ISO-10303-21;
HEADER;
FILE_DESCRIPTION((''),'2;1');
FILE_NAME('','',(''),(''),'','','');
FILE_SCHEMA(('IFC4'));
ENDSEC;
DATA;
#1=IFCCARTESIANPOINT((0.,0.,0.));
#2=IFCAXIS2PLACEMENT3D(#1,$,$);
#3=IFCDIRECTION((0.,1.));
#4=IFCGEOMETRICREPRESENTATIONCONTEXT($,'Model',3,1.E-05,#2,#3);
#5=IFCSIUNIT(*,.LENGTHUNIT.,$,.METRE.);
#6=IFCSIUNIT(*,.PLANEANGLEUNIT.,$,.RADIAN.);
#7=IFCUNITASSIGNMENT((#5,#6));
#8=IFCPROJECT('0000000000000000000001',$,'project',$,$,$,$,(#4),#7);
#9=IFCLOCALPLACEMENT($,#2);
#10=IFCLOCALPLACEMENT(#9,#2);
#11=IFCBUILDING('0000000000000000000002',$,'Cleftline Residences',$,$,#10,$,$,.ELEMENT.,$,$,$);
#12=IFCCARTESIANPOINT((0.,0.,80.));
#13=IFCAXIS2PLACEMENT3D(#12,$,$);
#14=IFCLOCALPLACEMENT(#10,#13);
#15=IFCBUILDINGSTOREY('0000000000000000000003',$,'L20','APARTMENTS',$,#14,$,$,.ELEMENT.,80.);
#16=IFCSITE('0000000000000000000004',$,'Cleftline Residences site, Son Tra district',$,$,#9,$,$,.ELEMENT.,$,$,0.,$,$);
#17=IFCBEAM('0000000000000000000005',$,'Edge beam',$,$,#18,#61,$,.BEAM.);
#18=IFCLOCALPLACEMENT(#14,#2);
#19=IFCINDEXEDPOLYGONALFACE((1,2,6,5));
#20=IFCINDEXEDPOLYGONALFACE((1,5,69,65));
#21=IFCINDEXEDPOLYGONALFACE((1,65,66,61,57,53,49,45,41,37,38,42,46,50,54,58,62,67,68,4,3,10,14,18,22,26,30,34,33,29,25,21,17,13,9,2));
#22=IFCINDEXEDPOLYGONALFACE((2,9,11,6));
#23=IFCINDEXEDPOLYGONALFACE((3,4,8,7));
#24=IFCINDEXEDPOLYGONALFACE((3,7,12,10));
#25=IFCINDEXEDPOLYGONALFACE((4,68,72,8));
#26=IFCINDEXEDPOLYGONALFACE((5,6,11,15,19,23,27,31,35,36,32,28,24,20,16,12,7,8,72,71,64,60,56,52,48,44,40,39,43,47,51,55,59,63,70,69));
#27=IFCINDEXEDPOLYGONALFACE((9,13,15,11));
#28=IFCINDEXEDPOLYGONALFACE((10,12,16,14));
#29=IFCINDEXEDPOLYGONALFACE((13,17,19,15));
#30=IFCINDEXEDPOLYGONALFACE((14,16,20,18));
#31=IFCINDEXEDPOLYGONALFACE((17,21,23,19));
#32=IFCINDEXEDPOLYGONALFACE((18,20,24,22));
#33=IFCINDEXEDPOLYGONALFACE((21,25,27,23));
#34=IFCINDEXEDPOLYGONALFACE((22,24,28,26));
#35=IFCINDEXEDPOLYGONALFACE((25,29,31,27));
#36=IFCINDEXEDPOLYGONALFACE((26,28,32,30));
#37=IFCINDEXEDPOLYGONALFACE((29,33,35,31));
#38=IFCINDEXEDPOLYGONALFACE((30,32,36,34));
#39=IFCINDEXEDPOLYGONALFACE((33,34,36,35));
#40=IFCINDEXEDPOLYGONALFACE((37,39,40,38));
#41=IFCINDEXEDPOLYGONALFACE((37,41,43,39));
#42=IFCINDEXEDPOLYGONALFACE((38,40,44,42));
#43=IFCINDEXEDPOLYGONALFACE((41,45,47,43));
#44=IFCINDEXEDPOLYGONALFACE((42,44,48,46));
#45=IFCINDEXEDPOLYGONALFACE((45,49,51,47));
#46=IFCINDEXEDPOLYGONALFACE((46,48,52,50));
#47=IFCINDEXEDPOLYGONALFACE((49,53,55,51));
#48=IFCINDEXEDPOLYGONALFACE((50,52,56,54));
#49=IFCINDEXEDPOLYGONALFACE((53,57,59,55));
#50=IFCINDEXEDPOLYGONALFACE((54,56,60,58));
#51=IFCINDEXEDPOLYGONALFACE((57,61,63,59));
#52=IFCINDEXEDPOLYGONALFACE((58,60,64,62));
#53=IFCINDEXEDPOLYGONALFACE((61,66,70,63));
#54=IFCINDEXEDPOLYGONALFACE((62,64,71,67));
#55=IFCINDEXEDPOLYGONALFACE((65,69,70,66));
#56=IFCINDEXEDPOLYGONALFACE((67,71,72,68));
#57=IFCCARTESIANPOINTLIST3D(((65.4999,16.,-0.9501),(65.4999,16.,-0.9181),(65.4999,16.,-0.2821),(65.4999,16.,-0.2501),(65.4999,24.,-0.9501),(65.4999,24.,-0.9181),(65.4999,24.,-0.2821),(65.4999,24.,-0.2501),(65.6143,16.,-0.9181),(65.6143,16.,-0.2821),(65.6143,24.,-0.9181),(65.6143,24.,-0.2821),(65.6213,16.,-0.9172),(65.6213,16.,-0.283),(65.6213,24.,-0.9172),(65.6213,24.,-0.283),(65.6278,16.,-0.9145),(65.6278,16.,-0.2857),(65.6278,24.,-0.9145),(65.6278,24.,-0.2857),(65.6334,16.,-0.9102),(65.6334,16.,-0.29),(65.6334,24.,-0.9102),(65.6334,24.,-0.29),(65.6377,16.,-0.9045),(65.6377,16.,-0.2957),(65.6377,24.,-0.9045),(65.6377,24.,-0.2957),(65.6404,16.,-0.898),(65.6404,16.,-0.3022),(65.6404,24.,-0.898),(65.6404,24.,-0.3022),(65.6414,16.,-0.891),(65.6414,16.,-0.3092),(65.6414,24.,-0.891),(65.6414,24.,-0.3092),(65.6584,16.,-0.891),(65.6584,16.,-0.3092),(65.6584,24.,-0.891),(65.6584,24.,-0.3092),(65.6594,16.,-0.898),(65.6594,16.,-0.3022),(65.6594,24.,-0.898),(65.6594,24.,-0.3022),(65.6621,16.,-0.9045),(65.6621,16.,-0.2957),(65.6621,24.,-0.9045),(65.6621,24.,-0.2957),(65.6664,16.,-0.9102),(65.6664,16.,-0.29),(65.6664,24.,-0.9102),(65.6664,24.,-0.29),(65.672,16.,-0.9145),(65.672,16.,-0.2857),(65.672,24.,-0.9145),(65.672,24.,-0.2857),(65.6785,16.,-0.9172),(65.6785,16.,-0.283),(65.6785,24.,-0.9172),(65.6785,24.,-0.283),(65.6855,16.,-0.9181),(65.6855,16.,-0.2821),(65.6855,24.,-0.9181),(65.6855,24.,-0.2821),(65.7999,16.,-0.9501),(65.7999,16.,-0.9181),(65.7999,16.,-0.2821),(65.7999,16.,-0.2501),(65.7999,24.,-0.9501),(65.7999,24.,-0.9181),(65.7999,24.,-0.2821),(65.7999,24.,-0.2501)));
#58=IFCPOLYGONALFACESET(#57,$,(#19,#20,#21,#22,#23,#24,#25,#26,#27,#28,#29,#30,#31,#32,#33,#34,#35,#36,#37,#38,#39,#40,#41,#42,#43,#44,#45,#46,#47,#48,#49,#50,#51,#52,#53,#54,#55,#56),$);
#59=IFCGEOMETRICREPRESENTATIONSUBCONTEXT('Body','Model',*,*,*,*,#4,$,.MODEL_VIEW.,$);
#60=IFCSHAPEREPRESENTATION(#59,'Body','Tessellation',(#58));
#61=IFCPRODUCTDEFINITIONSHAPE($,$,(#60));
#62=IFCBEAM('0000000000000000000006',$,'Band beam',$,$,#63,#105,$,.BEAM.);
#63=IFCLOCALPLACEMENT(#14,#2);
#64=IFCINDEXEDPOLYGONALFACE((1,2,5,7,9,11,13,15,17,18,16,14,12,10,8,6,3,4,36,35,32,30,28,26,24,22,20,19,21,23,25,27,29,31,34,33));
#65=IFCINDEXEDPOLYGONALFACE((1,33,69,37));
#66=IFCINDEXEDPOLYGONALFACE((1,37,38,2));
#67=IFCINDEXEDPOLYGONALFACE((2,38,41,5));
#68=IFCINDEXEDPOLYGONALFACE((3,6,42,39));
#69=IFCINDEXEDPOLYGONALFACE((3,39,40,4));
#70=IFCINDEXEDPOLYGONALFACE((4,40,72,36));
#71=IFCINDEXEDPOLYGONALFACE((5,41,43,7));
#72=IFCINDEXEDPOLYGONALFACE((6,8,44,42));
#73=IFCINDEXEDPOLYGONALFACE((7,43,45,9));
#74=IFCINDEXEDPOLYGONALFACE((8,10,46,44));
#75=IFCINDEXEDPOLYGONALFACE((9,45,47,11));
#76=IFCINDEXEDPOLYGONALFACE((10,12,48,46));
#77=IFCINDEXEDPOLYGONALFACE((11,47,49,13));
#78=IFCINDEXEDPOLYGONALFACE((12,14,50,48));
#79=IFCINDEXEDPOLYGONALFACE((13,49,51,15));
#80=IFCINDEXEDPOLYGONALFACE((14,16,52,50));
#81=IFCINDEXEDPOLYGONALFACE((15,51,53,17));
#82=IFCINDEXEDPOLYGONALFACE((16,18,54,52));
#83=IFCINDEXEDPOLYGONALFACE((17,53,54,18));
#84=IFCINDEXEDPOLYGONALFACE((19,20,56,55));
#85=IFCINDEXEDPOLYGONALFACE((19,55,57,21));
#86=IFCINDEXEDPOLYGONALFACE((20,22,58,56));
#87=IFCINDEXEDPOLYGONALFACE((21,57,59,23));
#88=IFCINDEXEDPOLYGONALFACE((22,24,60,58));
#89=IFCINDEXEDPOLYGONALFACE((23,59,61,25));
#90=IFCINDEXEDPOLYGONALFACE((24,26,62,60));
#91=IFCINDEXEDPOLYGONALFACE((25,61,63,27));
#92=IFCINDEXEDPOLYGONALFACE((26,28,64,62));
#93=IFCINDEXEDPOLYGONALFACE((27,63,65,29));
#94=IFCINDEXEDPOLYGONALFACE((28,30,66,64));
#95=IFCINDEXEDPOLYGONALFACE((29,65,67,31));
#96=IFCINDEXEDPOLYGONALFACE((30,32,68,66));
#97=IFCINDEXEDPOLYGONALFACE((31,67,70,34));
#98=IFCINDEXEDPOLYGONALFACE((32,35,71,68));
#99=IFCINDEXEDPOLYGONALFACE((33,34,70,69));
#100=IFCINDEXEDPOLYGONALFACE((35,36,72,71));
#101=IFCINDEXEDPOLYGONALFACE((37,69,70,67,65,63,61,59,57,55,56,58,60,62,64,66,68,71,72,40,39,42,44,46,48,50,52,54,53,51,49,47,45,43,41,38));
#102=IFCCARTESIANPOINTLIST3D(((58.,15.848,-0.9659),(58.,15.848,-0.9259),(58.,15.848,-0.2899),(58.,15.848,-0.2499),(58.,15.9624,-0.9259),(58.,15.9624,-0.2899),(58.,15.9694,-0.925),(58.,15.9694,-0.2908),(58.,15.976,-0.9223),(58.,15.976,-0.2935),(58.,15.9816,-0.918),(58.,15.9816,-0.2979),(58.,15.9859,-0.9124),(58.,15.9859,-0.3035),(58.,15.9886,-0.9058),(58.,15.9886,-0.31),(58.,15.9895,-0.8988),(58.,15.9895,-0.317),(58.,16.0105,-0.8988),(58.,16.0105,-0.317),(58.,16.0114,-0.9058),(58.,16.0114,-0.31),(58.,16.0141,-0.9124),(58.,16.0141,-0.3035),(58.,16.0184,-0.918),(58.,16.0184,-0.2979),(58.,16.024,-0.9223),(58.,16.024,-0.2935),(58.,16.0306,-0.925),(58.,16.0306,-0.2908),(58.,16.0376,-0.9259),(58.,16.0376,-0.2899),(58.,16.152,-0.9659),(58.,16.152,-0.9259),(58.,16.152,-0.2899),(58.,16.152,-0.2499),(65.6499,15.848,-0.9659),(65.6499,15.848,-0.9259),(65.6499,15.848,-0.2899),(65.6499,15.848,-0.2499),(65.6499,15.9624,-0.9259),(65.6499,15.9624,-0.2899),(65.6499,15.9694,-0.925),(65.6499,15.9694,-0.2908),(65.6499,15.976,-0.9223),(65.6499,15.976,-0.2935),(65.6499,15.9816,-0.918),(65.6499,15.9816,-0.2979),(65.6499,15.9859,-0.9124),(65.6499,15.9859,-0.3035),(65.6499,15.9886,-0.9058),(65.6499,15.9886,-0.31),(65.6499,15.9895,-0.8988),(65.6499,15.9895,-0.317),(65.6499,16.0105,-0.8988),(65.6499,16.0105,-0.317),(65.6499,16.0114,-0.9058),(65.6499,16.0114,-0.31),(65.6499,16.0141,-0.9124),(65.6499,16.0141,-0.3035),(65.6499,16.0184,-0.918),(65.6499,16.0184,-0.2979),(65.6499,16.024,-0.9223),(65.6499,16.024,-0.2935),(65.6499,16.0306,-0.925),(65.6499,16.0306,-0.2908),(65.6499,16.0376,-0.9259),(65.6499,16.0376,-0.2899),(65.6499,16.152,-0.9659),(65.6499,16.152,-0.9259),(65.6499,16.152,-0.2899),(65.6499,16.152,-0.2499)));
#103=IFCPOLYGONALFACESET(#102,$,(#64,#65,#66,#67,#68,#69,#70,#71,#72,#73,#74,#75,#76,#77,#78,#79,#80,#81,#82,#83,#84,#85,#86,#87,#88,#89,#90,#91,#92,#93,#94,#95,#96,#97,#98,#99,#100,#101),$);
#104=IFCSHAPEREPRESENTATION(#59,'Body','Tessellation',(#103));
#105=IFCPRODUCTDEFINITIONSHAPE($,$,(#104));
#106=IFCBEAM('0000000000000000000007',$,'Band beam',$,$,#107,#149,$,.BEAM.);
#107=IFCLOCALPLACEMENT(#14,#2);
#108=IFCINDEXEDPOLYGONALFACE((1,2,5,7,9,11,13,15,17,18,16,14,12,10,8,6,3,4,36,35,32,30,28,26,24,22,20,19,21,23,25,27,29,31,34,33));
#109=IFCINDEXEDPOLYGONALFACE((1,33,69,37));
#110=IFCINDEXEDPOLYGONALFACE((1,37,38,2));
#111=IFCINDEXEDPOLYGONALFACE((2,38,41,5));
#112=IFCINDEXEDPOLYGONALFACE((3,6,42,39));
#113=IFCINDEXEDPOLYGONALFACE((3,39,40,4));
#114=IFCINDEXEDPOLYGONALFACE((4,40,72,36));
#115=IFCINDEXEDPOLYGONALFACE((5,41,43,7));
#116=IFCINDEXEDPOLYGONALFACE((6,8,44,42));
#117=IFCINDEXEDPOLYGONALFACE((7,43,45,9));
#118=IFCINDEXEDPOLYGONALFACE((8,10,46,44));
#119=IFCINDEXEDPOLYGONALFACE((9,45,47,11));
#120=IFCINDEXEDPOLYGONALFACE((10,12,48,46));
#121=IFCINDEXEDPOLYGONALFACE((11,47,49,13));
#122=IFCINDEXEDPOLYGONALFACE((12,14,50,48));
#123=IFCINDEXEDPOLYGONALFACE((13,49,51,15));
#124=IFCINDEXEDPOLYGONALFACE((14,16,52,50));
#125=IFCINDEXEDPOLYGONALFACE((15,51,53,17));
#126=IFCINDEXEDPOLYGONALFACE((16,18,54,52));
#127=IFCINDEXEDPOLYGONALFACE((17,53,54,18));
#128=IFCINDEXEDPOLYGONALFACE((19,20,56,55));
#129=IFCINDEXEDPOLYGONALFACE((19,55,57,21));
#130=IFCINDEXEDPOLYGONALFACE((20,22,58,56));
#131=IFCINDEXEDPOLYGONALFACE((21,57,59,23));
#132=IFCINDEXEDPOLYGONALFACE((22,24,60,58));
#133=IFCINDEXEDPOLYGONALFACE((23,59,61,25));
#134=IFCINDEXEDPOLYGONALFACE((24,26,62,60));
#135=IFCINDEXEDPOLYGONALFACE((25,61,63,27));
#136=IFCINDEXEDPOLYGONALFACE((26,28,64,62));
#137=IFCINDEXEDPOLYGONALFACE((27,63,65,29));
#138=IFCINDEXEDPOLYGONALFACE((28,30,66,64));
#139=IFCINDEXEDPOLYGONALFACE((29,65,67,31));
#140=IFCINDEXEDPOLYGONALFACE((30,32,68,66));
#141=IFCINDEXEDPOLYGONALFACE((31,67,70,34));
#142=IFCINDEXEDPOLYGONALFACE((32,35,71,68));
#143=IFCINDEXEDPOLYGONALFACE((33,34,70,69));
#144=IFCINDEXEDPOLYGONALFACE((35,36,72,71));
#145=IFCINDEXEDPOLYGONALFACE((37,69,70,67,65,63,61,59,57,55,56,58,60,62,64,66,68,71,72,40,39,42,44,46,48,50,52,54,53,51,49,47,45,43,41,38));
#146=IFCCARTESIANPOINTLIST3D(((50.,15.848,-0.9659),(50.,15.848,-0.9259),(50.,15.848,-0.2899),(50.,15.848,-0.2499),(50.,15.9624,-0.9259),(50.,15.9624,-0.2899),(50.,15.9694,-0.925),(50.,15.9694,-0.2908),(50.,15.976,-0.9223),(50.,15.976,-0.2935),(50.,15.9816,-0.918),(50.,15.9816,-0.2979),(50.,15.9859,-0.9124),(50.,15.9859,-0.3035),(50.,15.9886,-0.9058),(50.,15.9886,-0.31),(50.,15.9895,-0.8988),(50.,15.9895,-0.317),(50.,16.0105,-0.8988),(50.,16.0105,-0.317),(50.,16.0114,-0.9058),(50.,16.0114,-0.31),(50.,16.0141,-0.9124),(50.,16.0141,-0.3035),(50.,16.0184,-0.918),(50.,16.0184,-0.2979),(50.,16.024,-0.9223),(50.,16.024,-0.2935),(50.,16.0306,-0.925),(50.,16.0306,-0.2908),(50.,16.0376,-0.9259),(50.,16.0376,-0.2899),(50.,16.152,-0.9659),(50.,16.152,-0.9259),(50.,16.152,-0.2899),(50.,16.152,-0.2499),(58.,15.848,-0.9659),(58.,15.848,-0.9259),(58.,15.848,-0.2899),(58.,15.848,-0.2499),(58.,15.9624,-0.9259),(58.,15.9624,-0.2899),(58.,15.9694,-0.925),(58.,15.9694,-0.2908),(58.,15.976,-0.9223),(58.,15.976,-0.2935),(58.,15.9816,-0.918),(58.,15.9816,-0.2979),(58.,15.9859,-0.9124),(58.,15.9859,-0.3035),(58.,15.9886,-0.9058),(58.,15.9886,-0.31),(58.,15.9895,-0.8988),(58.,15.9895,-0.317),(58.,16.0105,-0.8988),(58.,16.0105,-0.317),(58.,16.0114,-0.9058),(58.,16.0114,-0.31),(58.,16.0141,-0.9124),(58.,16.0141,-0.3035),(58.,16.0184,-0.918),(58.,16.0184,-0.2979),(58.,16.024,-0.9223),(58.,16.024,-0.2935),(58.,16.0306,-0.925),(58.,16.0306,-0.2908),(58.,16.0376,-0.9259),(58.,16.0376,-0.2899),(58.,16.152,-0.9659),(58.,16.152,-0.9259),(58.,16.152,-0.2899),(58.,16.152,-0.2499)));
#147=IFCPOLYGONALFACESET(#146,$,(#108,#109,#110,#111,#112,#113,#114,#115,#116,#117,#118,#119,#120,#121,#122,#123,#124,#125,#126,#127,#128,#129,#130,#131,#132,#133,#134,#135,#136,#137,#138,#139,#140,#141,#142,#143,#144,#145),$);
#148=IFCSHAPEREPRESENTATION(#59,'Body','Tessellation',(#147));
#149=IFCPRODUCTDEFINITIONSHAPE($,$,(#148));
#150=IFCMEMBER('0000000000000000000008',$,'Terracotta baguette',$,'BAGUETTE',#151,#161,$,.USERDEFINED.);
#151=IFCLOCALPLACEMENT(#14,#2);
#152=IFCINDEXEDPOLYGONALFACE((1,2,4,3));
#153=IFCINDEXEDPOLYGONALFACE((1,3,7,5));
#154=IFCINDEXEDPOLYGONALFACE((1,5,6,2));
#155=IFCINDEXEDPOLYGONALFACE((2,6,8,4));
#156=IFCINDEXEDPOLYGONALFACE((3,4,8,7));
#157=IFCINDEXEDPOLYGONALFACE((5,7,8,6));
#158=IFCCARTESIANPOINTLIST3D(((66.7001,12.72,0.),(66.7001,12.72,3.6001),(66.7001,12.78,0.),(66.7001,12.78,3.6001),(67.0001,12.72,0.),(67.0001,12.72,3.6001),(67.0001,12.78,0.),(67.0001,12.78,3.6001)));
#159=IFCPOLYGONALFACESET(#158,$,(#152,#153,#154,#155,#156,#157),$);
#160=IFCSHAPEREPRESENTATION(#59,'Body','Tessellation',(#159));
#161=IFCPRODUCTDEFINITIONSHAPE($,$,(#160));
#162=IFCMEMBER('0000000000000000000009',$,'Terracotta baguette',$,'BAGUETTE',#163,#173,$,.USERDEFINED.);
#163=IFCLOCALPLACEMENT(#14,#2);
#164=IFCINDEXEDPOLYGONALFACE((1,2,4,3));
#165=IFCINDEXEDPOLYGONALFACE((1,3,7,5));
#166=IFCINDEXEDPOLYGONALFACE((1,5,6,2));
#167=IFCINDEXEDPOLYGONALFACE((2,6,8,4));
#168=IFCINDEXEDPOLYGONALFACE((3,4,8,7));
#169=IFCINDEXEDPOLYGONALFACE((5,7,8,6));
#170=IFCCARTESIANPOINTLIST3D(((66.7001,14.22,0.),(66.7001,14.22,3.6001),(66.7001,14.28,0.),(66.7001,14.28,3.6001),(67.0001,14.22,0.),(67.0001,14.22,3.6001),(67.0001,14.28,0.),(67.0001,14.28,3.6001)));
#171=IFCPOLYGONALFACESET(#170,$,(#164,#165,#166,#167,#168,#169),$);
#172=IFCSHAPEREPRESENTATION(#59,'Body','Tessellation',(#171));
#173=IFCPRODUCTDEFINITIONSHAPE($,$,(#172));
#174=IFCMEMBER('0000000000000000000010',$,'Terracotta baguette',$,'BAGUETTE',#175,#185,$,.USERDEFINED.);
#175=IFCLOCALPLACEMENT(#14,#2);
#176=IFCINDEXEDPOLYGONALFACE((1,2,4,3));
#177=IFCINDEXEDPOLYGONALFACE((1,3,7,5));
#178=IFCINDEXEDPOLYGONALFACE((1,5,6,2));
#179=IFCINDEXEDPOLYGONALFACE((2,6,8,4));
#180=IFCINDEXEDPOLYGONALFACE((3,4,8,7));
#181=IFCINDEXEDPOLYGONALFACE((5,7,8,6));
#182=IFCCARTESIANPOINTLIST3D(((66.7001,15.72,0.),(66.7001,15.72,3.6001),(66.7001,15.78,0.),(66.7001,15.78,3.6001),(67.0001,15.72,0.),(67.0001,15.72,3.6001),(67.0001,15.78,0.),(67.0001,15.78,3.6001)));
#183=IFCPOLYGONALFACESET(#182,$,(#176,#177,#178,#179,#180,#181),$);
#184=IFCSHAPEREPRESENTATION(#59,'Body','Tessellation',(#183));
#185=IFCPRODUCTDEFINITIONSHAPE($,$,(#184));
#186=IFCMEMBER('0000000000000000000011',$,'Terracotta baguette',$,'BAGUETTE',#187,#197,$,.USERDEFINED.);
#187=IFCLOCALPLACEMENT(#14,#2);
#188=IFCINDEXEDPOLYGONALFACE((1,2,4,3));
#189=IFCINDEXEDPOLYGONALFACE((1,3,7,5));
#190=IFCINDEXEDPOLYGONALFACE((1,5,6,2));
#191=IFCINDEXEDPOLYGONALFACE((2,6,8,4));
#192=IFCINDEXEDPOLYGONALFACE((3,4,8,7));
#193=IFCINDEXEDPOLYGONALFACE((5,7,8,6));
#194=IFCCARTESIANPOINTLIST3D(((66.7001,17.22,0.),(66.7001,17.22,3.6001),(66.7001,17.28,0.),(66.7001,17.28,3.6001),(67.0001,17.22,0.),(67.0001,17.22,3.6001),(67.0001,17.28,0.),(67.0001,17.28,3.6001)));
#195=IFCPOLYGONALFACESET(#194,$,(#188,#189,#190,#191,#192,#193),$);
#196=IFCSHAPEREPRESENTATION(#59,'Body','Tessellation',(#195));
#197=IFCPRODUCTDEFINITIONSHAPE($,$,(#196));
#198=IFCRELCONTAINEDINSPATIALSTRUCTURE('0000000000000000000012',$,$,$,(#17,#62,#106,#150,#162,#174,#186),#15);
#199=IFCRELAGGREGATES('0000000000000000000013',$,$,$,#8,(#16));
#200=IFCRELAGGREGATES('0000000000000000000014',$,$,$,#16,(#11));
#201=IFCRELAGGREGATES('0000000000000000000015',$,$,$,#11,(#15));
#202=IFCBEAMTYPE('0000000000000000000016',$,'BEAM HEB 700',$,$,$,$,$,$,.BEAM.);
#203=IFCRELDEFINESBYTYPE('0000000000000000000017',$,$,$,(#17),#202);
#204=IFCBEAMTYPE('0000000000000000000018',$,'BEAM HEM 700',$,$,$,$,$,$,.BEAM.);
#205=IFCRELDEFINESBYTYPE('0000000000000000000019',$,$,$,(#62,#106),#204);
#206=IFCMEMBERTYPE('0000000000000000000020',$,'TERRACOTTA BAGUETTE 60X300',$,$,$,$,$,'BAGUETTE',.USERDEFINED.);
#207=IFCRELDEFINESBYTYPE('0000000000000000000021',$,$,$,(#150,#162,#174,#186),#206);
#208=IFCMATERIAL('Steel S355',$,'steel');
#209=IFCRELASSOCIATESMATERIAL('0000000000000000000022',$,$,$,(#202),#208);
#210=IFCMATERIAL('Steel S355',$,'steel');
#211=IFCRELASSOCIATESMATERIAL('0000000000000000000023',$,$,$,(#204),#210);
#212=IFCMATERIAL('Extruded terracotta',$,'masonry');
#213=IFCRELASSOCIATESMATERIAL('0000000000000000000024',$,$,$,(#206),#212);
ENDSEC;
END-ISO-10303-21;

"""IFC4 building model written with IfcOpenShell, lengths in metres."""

from ifc_helpers import new_model, si_unit, direction, frame, origin, origin_2d, place, context, subcontext, project, spatial, rectangle, i_section, extrude, material, material_profile, profile_set, type_object, element, save


model = new_model("IFC4")

# Units and contexts
model_context = context("Model", 3, precision=1e-05, world=origin(), true_north=direction((0.0, 1.0)))
body_context = subcontext(model_context, "Body", "Model", "MODEL_VIEW")
ifc_project = project(units=[si_unit("LENGTHUNIT", "METRE"), si_unit("PLANEANGLEUNIT", "RADIAN")], contexts=[model_context])

# Site, building, storey
site_placement = place(None, origin())
site = spatial("IfcSite", under=ifc_project, at=site_placement, Name="Cleftline Residences site, Son Tra district", CompositionType="ELEMENT", RefElevation=0.0)
building_placement = place(site_placement, origin())
building = spatial("IfcBuilding", under=site, at=building_placement, Name="Cleftline Residences", CompositionType="ELEMENT")
storey_placement = place(building_placement, frame((0.0, 0.0, 80.0)))
storey = spatial("IfcBuildingStorey", under=building, at=storey_placement, Name="L20", Description="APARTMENTS", CompositionType="ELEMENT", Elevation=80.0)

# Beams
ifc_material_1 = material(Name="Steel S355", Category="steel")
ifc_material_profile_1 = material_profile(ifc_material_1, i_section(OverallWidth=0.3, OverallDepth=0.7, WebThickness=0.0171, FlangeThickness=0.032, FilletRadius=0.0271, at=origin_2d()))
ifc_profile_set_1 = profile_set([ifc_material_profile_1], Name="Steel S355")
beam_type_1 = type_object("IfcBeamType", Name="BEAM HEB 700", PredefinedType="BEAM", material=ifc_profile_set_1)
beam_1_placement = place(storey_placement, frame((65.6499, 16.0, -0.6001), z_axis=(0.0, 1.0, 0.0), x_axis=(-1.0, 0.0, 0.0)))
element("IfcBeam", 1, at=beam_1_placement, inside=storey, type_object=beam_type_1, Name="Edge beam", PredefinedType="BEAM", context=body_context, shape_type="SweptSolid", body=[
    extrude(i_section(OverallWidth=0.3, OverallDepth=0.7, WebThickness=0.0171, FlangeThickness=0.032, FilletRadius=0.0271, at=origin_2d()), origin(), (0.0, 0.0, 1.0), 8.0),
])
ifc_material_2 = material(Name="Steel S355", Category="steel")
ifc_material_profile_2 = material_profile(ifc_material_2, i_section(OverallWidth=0.304, OverallDepth=0.7161, WebThickness=0.021, FlangeThickness=0.04, FilletRadius=0.0271, at=origin_2d()))
ifc_profile_set_2 = profile_set([ifc_material_profile_2], Name="Steel S355")
beam_type_2 = type_object("IfcBeamType", Name="BEAM HEM 700", PredefinedType="BEAM", material=ifc_profile_set_2)
beam_2_placement = place(storey_placement, frame((65.6499, 16.0, -0.6079), z_axis=(-1.0, 0.0, 0.0), x_axis=(0.0, -1.0, 0.0)))
element("IfcBeam", 2, at=beam_2_placement, inside=storey, type_object=beam_type_2, Name="Band beam", PredefinedType="BEAM", context=body_context, shape_type="SweptSolid", body=[
    extrude(i_section(OverallWidth=0.304, OverallDepth=0.7161, WebThickness=0.021, FlangeThickness=0.04, FilletRadius=0.0271, at=origin_2d()), origin(), (0.0, 0.0, 1.0), 7.6499),
])
beam_3_placement = place(storey_placement, frame((58.0, 16.0, -0.6079), z_axis=(-1.0, 0.0, 0.0), x_axis=(0.0, -1.0, 0.0)))
element("IfcBeam", 3, at=beam_3_placement, inside=storey, type_object=beam_type_2, Name="Band beam", PredefinedType="BEAM", context=body_context, shape_type="SweptSolid", body=[
    extrude(i_section(OverallWidth=0.304, OverallDepth=0.7161, WebThickness=0.021, FlangeThickness=0.04, FilletRadius=0.0271, at=origin_2d()), origin(), (0.0, 0.0, 1.0), 8.0),
])

# Members
ifc_material_3 = material(Name="Extruded terracotta", Category="masonry")
ifc_material_profile_3 = material_profile(ifc_material_3, rectangle(XDim=0.0601, YDim=0.3, at=origin_2d()))
ifc_profile_set_3 = profile_set([ifc_material_profile_3], Name="Extruded terracotta")
member_type_1 = type_object("IfcMemberType", Name="TERRACOTTA BAGUETTE 60X300", ElementType="BAGUETTE", PredefinedType="USERDEFINED", material=ifc_profile_set_3)
for number, where, z_axis, x_axis, name in (
    (4, (66.8501, 12.75, 0.0), (0.0, 0.0, 1.0), (0.0, 1.0, 0.0), "Terracotta baguette"),
    (5, (66.8501, 14.25, 0.0), (0.0, 0.0, 1.0), (0.0, 1.0, 0.0), "Terracotta baguette"),
    (6, (66.8501, 15.75, 0.0), (0.0, 0.0, 1.0), (0.0, 1.0, 0.0), "Terracotta baguette"),
    (7, (66.8501, 17.25, 0.0), (0.0, 0.0, 1.0), (0.0, 1.0, 0.0), "Terracotta baguette"),
):
    element("IfcMember", number, at=place(storey_placement, frame(where, z_axis=z_axis, x_axis=x_axis)), inside=storey, type_object=member_type_1, Name=name, ObjectType="BAGUETTE", PredefinedType="USERDEFINED", context=body_context, shape_type="SweptSolid", body=[
        extrude(rectangle(XDim=0.0601, YDim=0.3, at=origin_2d()), origin(), (0.0, 0.0, 1.0), 3.6001),
    ])

save(model, "model.ifc")
